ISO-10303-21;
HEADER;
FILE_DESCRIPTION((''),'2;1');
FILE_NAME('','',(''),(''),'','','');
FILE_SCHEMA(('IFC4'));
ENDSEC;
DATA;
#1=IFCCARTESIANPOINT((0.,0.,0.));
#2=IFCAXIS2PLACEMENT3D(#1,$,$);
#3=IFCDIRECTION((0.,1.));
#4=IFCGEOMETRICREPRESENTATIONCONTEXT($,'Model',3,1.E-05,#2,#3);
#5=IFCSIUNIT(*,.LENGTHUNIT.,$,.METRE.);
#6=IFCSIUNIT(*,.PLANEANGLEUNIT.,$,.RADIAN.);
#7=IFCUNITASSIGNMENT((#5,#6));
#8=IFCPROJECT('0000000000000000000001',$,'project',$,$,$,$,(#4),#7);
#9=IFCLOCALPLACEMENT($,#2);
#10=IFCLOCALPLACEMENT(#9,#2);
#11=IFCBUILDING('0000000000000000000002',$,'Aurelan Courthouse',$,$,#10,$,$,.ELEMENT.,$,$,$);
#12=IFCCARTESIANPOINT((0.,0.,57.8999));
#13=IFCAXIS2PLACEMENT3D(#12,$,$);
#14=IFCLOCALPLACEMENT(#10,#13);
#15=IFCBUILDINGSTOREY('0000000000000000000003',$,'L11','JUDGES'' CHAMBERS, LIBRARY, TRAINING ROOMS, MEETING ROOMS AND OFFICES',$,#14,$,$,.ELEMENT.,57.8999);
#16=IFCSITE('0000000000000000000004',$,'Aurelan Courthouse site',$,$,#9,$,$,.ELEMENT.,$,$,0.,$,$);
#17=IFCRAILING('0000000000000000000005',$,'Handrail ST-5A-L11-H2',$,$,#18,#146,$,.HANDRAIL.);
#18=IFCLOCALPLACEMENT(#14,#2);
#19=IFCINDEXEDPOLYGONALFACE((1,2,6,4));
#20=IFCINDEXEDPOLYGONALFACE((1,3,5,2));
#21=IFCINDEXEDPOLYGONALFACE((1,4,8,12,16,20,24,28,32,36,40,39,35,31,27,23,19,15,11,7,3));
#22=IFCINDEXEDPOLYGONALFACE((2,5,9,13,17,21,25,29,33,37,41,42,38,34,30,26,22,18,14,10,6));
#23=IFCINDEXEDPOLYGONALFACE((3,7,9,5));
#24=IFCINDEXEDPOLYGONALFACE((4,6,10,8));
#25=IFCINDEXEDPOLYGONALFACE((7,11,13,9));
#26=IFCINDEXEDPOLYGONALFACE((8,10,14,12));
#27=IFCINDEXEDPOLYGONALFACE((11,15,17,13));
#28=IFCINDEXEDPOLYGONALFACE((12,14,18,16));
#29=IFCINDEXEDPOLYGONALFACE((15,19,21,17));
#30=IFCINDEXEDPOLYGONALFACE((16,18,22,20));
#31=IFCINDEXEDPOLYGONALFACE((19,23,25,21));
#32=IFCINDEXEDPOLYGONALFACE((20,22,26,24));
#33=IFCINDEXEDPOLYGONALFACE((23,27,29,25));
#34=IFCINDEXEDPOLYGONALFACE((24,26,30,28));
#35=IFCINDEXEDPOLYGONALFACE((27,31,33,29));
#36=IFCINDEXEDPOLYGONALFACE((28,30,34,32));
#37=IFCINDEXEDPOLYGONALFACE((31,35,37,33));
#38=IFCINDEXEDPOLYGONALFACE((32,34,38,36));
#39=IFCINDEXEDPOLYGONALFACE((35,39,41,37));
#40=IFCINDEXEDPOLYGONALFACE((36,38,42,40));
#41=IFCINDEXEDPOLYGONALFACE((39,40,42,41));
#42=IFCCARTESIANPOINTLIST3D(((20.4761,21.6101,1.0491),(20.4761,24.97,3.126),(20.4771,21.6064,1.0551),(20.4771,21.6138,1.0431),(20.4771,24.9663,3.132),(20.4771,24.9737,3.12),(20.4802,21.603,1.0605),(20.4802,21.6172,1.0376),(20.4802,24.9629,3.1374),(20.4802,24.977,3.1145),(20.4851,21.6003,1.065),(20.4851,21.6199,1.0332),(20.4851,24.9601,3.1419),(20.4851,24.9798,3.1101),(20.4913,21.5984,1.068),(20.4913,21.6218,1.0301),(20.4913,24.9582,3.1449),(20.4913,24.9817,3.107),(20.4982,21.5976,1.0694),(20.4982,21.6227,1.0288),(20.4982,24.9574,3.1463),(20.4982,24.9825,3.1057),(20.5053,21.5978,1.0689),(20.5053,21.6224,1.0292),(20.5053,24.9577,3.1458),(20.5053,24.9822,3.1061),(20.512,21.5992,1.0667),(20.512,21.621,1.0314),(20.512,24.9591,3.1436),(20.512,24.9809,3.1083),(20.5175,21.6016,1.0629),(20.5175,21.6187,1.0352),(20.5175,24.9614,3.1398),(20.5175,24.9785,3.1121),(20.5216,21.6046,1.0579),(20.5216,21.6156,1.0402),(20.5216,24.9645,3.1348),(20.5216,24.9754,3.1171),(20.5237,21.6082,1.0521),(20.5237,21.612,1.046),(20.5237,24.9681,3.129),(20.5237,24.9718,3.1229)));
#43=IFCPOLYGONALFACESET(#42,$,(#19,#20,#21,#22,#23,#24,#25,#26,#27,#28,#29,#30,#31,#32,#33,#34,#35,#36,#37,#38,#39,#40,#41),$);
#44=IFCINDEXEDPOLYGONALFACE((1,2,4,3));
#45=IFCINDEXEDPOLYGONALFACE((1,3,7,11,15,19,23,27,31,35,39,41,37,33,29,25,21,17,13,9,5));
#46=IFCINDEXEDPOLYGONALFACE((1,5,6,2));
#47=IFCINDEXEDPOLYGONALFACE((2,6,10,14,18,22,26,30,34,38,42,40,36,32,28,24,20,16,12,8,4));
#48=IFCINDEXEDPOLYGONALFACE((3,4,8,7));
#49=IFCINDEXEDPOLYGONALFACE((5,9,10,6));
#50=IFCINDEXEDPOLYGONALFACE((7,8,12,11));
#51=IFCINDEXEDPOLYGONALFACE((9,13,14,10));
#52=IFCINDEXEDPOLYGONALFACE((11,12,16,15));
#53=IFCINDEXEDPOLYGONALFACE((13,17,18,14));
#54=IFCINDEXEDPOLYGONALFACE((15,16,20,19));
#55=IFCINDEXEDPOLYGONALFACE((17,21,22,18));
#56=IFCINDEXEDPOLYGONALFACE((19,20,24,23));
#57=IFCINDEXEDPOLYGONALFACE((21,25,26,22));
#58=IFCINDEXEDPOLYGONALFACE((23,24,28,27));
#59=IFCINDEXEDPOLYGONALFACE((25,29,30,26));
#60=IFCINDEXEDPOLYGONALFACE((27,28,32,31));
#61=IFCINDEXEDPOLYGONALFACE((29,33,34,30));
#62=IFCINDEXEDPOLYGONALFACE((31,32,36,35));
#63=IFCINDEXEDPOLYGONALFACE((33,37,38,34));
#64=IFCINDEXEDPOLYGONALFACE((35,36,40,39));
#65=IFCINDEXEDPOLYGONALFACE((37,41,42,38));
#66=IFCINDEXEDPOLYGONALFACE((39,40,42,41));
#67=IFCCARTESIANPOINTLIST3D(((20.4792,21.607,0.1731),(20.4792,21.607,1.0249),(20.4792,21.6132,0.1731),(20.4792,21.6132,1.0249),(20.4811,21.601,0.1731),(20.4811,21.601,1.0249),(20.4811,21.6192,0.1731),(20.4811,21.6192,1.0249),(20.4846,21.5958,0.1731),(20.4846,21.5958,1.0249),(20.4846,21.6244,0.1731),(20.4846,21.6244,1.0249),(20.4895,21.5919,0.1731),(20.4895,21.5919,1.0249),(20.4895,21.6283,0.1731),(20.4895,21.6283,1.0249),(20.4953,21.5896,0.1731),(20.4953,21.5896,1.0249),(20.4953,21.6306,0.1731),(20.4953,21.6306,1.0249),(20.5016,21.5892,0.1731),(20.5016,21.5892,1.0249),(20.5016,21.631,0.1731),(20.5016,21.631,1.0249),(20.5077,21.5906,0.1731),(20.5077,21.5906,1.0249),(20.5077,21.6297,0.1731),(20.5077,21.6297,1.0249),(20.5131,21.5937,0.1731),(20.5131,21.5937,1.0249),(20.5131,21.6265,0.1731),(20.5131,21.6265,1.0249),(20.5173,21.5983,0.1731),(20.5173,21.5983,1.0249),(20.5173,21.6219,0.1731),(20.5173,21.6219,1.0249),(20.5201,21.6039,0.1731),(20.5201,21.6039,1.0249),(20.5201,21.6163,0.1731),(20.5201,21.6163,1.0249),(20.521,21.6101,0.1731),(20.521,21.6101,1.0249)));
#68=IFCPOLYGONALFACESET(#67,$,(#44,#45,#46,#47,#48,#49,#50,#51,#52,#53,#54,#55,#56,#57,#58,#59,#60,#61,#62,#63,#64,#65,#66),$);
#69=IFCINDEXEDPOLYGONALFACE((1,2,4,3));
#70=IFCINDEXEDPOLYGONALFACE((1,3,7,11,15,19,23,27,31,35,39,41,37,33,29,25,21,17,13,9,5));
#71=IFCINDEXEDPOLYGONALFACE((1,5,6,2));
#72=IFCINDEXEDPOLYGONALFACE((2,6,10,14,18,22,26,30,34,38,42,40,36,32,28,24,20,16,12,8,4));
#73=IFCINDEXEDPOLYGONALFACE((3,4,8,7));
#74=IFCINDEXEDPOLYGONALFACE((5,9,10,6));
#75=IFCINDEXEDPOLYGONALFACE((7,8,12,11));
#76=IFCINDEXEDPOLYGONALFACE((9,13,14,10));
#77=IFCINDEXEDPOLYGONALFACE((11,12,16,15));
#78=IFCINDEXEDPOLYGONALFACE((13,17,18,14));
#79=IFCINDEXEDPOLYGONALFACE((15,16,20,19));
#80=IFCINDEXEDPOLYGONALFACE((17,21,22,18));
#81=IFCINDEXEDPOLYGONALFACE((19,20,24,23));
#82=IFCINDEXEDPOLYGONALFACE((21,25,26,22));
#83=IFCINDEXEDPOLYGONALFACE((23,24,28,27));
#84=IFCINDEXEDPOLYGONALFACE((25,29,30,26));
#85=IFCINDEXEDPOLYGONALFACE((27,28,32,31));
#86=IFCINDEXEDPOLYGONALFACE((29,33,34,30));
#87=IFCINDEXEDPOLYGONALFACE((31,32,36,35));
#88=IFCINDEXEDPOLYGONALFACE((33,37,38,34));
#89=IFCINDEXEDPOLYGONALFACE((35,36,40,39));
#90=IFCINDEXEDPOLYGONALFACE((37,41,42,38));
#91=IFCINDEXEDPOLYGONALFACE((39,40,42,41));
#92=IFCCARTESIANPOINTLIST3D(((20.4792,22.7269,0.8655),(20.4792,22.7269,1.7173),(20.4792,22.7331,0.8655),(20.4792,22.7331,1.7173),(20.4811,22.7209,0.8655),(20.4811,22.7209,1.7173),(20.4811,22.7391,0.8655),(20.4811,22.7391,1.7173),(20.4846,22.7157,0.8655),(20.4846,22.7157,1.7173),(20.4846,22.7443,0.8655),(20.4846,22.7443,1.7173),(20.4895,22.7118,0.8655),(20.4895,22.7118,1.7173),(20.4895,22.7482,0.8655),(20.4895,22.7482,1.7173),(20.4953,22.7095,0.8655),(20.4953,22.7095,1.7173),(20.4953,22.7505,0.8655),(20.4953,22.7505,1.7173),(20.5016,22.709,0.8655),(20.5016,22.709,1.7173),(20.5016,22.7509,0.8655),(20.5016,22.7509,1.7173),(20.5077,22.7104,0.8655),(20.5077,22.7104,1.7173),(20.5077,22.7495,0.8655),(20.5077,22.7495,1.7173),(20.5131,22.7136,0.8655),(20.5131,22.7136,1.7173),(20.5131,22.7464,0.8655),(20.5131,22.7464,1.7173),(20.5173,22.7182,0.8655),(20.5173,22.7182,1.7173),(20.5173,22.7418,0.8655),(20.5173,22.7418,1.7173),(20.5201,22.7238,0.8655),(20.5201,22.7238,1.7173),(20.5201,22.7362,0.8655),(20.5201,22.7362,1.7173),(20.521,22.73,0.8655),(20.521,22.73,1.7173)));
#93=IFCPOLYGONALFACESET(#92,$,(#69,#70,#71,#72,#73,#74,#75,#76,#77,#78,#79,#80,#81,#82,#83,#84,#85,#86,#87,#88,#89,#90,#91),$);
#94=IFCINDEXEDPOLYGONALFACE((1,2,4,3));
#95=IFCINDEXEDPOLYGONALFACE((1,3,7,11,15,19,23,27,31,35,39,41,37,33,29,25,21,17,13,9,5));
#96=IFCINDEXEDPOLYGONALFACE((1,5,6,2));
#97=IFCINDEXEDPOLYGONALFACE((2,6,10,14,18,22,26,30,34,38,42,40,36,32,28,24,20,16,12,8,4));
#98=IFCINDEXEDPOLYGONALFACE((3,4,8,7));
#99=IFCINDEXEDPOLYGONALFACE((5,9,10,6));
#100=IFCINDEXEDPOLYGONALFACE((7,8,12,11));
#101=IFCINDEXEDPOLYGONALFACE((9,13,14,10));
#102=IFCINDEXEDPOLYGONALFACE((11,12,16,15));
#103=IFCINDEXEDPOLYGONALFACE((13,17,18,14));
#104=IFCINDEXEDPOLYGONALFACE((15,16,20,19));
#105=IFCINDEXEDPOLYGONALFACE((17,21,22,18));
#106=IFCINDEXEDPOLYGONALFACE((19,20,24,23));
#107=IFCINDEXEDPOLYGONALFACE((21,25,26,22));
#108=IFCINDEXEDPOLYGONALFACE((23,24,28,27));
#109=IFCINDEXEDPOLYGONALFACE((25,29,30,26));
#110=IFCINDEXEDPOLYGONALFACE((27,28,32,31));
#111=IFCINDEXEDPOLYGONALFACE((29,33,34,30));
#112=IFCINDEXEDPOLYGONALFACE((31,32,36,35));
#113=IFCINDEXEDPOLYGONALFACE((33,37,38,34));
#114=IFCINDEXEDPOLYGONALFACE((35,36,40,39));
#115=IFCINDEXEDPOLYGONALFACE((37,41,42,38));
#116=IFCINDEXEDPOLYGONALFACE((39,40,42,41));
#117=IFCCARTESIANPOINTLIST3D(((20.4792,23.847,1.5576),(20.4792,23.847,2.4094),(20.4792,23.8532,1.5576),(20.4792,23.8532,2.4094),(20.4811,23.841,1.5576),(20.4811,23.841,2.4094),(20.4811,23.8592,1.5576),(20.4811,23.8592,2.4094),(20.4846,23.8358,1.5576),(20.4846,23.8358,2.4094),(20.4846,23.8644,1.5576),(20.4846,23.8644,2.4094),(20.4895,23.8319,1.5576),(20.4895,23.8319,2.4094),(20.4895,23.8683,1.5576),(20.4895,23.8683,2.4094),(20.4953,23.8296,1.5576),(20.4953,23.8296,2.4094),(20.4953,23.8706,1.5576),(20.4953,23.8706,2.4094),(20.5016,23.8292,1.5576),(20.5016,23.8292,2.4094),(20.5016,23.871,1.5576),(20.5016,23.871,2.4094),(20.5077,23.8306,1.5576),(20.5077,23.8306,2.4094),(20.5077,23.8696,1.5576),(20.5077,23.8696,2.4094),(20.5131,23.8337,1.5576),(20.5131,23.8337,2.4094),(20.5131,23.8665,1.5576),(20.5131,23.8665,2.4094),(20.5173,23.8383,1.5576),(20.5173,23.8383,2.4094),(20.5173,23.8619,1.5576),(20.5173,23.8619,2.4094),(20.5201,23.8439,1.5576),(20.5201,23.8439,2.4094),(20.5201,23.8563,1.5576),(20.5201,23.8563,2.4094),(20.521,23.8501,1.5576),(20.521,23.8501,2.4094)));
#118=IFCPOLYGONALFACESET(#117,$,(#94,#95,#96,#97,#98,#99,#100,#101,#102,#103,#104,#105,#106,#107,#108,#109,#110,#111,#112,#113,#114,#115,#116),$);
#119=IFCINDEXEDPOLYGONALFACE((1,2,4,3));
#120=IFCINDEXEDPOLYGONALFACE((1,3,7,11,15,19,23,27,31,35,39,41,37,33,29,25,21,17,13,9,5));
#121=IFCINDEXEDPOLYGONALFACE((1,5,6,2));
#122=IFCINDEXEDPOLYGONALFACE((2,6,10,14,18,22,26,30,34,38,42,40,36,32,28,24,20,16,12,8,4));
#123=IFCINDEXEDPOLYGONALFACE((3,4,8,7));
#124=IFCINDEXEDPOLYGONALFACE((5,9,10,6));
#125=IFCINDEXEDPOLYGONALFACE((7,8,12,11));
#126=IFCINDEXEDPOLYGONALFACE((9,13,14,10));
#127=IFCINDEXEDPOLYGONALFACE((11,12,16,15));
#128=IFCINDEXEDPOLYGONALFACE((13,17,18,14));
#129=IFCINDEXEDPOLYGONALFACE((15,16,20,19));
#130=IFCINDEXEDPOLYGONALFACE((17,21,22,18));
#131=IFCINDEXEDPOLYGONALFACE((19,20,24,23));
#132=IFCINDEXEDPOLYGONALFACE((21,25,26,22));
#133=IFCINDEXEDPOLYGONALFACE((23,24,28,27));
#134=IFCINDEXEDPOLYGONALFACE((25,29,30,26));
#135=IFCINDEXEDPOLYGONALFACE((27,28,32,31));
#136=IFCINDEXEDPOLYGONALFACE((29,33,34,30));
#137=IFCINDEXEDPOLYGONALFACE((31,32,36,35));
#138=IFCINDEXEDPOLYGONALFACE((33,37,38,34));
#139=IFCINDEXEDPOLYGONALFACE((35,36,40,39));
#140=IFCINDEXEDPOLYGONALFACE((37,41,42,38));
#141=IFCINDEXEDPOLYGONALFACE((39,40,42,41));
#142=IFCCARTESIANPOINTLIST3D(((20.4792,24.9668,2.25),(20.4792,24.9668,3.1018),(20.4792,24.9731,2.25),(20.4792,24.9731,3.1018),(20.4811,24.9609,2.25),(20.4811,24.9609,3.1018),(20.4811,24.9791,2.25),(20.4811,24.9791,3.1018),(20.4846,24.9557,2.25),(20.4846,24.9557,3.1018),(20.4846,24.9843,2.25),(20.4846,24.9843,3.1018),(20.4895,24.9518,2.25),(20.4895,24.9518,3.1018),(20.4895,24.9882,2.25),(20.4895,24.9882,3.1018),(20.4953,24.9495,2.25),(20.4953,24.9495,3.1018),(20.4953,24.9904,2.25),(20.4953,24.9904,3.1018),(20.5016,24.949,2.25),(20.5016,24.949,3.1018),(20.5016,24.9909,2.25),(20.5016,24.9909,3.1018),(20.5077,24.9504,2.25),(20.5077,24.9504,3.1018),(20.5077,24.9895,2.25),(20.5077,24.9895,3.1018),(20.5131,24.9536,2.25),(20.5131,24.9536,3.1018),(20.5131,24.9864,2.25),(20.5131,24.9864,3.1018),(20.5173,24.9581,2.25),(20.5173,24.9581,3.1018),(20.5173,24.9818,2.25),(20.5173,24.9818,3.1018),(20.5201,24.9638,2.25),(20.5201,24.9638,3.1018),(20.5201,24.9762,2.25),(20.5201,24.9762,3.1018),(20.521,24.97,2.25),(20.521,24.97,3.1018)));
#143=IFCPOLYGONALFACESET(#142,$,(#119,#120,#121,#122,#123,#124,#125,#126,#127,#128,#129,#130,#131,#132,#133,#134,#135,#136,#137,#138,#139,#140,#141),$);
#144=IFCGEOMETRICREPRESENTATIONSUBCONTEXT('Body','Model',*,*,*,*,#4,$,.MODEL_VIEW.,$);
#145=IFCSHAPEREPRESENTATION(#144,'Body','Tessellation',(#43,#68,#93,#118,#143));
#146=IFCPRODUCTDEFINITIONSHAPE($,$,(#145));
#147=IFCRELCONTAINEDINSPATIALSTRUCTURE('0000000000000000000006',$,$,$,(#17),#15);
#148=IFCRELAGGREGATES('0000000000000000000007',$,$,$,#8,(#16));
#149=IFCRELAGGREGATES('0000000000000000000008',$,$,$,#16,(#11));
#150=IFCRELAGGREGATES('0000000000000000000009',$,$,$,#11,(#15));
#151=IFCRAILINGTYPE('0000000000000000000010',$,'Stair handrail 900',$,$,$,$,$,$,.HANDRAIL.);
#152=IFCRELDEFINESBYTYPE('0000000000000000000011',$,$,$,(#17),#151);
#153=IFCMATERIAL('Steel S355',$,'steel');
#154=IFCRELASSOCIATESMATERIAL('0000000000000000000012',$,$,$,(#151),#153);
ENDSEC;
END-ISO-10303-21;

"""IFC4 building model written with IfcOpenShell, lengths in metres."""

from ifc_helpers import new_model, si_unit, direction, frame, origin, origin_2d, place, context, subcontext, project, spatial, circle, extrude, material, type_object, element, save


model = new_model("IFC4")

# Units and contexts
model_context = context("Model", 3, precision=1e-05, world=origin(), true_north=direction((0.0, 1.0)))
body_context = subcontext(model_context, "Body", "Model", "MODEL_VIEW")
ifc_project = project(units=[si_unit("LENGTHUNIT", "METRE"), si_unit("PLANEANGLEUNIT", "RADIAN")], contexts=[model_context])

# Site, building, storey
site_placement = place(None, origin())
site = spatial("IfcSite", under=ifc_project, at=site_placement, Name="Aurelan Courthouse site", CompositionType="ELEMENT", RefElevation=0.0)
building_placement = place(site_placement, origin())
building = spatial("IfcBuilding", under=site, at=building_placement, Name="Aurelan Courthouse", CompositionType="ELEMENT")
storey_placement = place(building_placement, frame((0.0, 0.0, 57.8999)))
storey = spatial("IfcBuildingStorey", under=building, at=storey_placement, Name="L11", Description="JUDGES' CHAMBERS, LIBRARY, TRAINING ROOMS, MEETING ROOMS AND OFFICES", CompositionType="ELEMENT", Elevation=57.8999)

# Railing
ifc_material_1 = material(Name="Steel S355", Category="steel")
railing_type_1 = type_object("IfcRailingType", Name="Stair handrail 900", PredefinedType="HANDRAIL", material=ifc_material_1)
for number, where, name in (
    (1, (20.5, 21.6101, 0.1731), "Handrail ST-5A-L11-H2"),
):
    element("IfcRailing", number, at=place(storey_placement, frame(where)), inside=storey, type_object=railing_type_1, Name=name, PredefinedType="HANDRAIL", context=body_context, shape_type="SweptSolid", body=[
        extrude(circle(Radius=0.0239, at=origin_2d()), frame((0.0, 0.0, 0.876), z_axis=(0.0, 0.850606, 0.525803), x_axis=(-1.0, 0.0, 0.0)), (0.0, 0.0, 1.0), 3.95),
        extrude(circle(Radius=0.021, at=origin_2d()), origin(), (0.0, 0.0, 1.0), 0.8518),
        extrude(circle(Radius=0.021, at=origin_2d()), frame((0.0, 1.1199, 0.6924)), (0.0, 0.0, 1.0), 0.8518),
        extrude(circle(Radius=0.021, at=origin_2d()), frame((0.0, 2.24, 1.3845)), (0.0, 0.0, 1.0), 0.8518),
        extrude(circle(Radius=0.021, at=origin_2d()), frame((0.0, 3.3599, 2.0769)), (0.0, 0.0, 1.0), 0.8518),
    ])

save(model, "model.ifc")
